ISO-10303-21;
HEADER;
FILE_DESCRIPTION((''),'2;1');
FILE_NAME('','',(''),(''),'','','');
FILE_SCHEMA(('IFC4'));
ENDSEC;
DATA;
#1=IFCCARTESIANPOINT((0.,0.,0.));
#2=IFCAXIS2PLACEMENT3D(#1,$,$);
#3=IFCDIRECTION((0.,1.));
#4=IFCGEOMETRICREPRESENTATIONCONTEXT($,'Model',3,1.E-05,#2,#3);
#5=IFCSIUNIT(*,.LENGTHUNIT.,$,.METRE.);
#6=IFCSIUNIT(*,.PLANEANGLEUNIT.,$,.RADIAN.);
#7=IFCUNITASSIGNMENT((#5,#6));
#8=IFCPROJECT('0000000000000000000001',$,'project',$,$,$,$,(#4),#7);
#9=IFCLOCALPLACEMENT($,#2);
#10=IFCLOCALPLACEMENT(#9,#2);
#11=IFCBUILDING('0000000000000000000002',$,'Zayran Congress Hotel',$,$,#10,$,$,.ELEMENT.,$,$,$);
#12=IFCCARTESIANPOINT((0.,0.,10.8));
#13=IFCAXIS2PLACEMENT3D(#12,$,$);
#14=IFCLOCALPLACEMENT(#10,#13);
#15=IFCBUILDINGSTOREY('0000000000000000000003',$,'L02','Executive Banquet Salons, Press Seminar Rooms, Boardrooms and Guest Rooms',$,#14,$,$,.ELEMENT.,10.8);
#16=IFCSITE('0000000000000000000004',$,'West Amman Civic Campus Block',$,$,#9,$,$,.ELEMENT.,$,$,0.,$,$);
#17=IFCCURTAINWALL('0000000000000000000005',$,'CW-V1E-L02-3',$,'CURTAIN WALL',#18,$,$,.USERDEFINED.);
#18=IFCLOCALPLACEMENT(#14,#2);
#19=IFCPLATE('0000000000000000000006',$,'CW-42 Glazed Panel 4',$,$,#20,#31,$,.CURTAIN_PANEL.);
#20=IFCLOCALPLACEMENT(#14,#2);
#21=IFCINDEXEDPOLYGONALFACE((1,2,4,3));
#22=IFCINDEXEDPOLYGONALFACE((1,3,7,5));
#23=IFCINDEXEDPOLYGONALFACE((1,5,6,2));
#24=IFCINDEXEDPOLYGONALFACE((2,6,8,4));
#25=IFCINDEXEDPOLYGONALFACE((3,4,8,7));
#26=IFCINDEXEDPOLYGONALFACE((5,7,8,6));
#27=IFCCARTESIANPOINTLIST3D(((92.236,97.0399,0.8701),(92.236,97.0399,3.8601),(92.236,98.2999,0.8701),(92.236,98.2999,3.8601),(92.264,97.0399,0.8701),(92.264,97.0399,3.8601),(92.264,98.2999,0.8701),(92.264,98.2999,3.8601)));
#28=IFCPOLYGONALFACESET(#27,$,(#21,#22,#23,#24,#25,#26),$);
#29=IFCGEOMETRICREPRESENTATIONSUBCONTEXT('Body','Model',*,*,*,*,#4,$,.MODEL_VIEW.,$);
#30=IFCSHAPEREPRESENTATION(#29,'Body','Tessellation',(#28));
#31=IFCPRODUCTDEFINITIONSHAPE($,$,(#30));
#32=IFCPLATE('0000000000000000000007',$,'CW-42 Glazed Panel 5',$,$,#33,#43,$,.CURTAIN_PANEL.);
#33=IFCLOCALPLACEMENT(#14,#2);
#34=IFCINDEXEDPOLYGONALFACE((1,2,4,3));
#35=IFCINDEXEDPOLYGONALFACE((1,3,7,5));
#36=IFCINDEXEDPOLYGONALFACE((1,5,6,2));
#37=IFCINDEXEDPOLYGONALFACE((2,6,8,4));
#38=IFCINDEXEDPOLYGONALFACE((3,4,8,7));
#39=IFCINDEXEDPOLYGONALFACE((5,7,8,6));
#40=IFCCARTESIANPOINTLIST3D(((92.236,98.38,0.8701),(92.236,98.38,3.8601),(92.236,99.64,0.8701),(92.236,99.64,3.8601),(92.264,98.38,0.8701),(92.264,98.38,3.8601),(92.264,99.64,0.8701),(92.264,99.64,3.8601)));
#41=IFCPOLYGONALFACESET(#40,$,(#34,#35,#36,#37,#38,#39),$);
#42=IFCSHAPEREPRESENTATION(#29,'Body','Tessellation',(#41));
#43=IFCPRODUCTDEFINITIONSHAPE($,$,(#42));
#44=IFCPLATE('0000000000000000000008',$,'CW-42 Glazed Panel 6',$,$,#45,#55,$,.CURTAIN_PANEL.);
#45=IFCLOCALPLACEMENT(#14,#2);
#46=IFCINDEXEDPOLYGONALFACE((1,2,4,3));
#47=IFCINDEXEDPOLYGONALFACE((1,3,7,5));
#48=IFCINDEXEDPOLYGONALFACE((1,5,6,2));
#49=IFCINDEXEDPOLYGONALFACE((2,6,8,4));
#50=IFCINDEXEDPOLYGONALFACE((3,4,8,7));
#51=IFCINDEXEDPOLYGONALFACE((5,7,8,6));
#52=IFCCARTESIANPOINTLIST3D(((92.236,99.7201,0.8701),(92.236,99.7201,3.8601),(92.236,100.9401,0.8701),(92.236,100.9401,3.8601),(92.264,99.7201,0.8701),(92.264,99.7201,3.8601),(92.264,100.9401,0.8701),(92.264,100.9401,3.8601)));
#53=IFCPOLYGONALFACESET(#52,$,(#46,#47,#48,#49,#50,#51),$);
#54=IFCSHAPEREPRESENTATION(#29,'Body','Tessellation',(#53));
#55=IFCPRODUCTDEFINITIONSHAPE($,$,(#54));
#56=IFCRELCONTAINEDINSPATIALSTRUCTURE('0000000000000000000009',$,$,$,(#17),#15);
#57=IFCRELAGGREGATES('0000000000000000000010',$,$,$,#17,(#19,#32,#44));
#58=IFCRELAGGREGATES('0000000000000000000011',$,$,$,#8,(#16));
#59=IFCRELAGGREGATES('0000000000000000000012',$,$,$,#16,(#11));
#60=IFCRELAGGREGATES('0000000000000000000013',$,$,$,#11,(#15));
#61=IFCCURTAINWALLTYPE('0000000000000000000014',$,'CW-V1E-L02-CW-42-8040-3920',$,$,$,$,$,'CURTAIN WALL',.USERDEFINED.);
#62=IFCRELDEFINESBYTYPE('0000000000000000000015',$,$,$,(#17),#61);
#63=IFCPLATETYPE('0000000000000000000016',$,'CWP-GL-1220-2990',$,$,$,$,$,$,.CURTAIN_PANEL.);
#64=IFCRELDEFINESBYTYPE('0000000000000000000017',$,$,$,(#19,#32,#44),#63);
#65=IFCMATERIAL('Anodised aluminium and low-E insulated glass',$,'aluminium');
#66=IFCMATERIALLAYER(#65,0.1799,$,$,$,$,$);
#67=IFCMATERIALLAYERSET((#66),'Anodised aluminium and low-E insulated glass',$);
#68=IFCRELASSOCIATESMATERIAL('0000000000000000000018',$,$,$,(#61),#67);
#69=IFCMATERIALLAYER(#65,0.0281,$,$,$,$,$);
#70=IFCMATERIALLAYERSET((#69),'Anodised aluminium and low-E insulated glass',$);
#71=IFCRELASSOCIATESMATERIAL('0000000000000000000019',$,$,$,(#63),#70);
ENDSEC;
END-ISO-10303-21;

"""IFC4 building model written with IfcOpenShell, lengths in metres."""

from ifc_helpers import new_model, si_unit, direction, frame, origin, origin_2d, place, context, subcontext, project, spatial, rectangle, extrude, material, layer, layer_set, type_object, element, aggregate, save


model = new_model("IFC4")

# Units and contexts
model_context = context("Model", 3, precision=1e-05, world=origin(), true_north=direction((0.0, 1.0)))
body_context = subcontext(model_context, "Body", "Model", "MODEL_VIEW")
ifc_project = project(units=[si_unit("LENGTHUNIT", "METRE"), si_unit("PLANEANGLEUNIT", "RADIAN")], contexts=[model_context])

# Site, building, storey
site_placement = place(None, origin())
site = spatial("IfcSite", under=ifc_project, at=site_placement, Name="West Amman Civic Campus Block", CompositionType="ELEMENT", RefElevation=0.0)
building_placement = place(site_placement, origin())
building = spatial("IfcBuilding", under=site, at=building_placement, Name="Zayran Congress Hotel", CompositionType="ELEMENT")
storey_placement = place(building_placement, frame((0.0, 0.0, 10.8)))
storey = spatial("IfcBuildingStorey", under=building, at=storey_placement, Name="L02", Description="Executive Banquet Salons, Press Seminar Rooms, Boardrooms and Guest Rooms", CompositionType="ELEMENT", Elevation=10.8)

# Curtain wall
ifc_material_1 = material(Name="Anodised aluminium and low-E insulated glass", Category="aluminium")
ifc_layer_1 = layer(ifc_material_1, 0.1799)
ifc_layer_set_1 = layer_set([ifc_layer_1], Name="Anodised aluminium and low-E insulated glass")
curtain_wall_type_1 = type_object("IfcCurtainWallType", Name="CW-V1E-L02-CW-42-8040-3920", ElementType="CURTAIN WALL", PredefinedType="USERDEFINED", material=ifc_layer_set_1)
curtain_wall_1_placement = place(storey_placement, origin())
curtain_wall_1 = element("IfcCurtainWall", 1, at=curtain_wall_1_placement, inside=storey, type_object=curtain_wall_type_1, Name="CW-V1E-L02-3", ObjectType="CURTAIN WALL", PredefinedType="USERDEFINED")

# Plates
ifc_layer_2 = layer(ifc_material_1, 0.0281)
ifc_layer_set_2 = layer_set([ifc_layer_2], Name="Anodised aluminium and low-E insulated glass")
plate_type_1 = type_object("IfcPlateType", Name="CWP-GL-1220-2990", PredefinedType="CURTAIN_PANEL", material=ifc_layer_set_2)
plate_1_placement = place(storey_placement, frame((92.25, 97.6699, 0.8701), z_axis=(0.0, 0.0, 1.0), x_axis=(0.0, 1.0, 0.0)))
plate_1 = element("IfcPlate", 2, at=plate_1_placement, type_object=plate_type_1, Name="CW-42 Glazed Panel 4", PredefinedType="CURTAIN_PANEL", context=body_context, shape_type="SweptSolid", body=[
    extrude(rectangle(XDim=1.26, YDim=0.0281, at=origin_2d()), origin(), (0.0, 0.0, 1.0), 2.99),
])
plate_2_placement = place(storey_placement, frame((92.25, 99.01, 0.8701), z_axis=(0.0, 0.0, 1.0), x_axis=(0.0, 1.0, 0.0)))
plate_2 = element("IfcPlate", 3, at=plate_2_placement, type_object=plate_type_1, Name="CW-42 Glazed Panel 5", PredefinedType="CURTAIN_PANEL", context=body_context, shape_type="SweptSolid", body=[
    extrude(rectangle(XDim=1.26, YDim=0.0281, at=origin_2d()), origin(), (0.0, 0.0, 1.0), 2.99),
])
plate_3_placement = place(storey_placement, frame((92.25, 100.3301, 0.8701), z_axis=(0.0, 0.0, 1.0), x_axis=(0.0, 1.0, 0.0)))
plate_3 = element("IfcPlate", 4, at=plate_3_placement, type_object=plate_type_1, Name="CW-42 Glazed Panel 6", PredefinedType="CURTAIN_PANEL", context=body_context, shape_type="SweptSolid", body=[
    extrude(rectangle(XDim=1.22, YDim=0.0281, at=origin_2d()), origin(), (0.0, 0.0, 1.0), 2.99),
])
aggregate(curtain_wall_1, [plate_1, plate_2, plate_3])

save(model, "model.ifc")
